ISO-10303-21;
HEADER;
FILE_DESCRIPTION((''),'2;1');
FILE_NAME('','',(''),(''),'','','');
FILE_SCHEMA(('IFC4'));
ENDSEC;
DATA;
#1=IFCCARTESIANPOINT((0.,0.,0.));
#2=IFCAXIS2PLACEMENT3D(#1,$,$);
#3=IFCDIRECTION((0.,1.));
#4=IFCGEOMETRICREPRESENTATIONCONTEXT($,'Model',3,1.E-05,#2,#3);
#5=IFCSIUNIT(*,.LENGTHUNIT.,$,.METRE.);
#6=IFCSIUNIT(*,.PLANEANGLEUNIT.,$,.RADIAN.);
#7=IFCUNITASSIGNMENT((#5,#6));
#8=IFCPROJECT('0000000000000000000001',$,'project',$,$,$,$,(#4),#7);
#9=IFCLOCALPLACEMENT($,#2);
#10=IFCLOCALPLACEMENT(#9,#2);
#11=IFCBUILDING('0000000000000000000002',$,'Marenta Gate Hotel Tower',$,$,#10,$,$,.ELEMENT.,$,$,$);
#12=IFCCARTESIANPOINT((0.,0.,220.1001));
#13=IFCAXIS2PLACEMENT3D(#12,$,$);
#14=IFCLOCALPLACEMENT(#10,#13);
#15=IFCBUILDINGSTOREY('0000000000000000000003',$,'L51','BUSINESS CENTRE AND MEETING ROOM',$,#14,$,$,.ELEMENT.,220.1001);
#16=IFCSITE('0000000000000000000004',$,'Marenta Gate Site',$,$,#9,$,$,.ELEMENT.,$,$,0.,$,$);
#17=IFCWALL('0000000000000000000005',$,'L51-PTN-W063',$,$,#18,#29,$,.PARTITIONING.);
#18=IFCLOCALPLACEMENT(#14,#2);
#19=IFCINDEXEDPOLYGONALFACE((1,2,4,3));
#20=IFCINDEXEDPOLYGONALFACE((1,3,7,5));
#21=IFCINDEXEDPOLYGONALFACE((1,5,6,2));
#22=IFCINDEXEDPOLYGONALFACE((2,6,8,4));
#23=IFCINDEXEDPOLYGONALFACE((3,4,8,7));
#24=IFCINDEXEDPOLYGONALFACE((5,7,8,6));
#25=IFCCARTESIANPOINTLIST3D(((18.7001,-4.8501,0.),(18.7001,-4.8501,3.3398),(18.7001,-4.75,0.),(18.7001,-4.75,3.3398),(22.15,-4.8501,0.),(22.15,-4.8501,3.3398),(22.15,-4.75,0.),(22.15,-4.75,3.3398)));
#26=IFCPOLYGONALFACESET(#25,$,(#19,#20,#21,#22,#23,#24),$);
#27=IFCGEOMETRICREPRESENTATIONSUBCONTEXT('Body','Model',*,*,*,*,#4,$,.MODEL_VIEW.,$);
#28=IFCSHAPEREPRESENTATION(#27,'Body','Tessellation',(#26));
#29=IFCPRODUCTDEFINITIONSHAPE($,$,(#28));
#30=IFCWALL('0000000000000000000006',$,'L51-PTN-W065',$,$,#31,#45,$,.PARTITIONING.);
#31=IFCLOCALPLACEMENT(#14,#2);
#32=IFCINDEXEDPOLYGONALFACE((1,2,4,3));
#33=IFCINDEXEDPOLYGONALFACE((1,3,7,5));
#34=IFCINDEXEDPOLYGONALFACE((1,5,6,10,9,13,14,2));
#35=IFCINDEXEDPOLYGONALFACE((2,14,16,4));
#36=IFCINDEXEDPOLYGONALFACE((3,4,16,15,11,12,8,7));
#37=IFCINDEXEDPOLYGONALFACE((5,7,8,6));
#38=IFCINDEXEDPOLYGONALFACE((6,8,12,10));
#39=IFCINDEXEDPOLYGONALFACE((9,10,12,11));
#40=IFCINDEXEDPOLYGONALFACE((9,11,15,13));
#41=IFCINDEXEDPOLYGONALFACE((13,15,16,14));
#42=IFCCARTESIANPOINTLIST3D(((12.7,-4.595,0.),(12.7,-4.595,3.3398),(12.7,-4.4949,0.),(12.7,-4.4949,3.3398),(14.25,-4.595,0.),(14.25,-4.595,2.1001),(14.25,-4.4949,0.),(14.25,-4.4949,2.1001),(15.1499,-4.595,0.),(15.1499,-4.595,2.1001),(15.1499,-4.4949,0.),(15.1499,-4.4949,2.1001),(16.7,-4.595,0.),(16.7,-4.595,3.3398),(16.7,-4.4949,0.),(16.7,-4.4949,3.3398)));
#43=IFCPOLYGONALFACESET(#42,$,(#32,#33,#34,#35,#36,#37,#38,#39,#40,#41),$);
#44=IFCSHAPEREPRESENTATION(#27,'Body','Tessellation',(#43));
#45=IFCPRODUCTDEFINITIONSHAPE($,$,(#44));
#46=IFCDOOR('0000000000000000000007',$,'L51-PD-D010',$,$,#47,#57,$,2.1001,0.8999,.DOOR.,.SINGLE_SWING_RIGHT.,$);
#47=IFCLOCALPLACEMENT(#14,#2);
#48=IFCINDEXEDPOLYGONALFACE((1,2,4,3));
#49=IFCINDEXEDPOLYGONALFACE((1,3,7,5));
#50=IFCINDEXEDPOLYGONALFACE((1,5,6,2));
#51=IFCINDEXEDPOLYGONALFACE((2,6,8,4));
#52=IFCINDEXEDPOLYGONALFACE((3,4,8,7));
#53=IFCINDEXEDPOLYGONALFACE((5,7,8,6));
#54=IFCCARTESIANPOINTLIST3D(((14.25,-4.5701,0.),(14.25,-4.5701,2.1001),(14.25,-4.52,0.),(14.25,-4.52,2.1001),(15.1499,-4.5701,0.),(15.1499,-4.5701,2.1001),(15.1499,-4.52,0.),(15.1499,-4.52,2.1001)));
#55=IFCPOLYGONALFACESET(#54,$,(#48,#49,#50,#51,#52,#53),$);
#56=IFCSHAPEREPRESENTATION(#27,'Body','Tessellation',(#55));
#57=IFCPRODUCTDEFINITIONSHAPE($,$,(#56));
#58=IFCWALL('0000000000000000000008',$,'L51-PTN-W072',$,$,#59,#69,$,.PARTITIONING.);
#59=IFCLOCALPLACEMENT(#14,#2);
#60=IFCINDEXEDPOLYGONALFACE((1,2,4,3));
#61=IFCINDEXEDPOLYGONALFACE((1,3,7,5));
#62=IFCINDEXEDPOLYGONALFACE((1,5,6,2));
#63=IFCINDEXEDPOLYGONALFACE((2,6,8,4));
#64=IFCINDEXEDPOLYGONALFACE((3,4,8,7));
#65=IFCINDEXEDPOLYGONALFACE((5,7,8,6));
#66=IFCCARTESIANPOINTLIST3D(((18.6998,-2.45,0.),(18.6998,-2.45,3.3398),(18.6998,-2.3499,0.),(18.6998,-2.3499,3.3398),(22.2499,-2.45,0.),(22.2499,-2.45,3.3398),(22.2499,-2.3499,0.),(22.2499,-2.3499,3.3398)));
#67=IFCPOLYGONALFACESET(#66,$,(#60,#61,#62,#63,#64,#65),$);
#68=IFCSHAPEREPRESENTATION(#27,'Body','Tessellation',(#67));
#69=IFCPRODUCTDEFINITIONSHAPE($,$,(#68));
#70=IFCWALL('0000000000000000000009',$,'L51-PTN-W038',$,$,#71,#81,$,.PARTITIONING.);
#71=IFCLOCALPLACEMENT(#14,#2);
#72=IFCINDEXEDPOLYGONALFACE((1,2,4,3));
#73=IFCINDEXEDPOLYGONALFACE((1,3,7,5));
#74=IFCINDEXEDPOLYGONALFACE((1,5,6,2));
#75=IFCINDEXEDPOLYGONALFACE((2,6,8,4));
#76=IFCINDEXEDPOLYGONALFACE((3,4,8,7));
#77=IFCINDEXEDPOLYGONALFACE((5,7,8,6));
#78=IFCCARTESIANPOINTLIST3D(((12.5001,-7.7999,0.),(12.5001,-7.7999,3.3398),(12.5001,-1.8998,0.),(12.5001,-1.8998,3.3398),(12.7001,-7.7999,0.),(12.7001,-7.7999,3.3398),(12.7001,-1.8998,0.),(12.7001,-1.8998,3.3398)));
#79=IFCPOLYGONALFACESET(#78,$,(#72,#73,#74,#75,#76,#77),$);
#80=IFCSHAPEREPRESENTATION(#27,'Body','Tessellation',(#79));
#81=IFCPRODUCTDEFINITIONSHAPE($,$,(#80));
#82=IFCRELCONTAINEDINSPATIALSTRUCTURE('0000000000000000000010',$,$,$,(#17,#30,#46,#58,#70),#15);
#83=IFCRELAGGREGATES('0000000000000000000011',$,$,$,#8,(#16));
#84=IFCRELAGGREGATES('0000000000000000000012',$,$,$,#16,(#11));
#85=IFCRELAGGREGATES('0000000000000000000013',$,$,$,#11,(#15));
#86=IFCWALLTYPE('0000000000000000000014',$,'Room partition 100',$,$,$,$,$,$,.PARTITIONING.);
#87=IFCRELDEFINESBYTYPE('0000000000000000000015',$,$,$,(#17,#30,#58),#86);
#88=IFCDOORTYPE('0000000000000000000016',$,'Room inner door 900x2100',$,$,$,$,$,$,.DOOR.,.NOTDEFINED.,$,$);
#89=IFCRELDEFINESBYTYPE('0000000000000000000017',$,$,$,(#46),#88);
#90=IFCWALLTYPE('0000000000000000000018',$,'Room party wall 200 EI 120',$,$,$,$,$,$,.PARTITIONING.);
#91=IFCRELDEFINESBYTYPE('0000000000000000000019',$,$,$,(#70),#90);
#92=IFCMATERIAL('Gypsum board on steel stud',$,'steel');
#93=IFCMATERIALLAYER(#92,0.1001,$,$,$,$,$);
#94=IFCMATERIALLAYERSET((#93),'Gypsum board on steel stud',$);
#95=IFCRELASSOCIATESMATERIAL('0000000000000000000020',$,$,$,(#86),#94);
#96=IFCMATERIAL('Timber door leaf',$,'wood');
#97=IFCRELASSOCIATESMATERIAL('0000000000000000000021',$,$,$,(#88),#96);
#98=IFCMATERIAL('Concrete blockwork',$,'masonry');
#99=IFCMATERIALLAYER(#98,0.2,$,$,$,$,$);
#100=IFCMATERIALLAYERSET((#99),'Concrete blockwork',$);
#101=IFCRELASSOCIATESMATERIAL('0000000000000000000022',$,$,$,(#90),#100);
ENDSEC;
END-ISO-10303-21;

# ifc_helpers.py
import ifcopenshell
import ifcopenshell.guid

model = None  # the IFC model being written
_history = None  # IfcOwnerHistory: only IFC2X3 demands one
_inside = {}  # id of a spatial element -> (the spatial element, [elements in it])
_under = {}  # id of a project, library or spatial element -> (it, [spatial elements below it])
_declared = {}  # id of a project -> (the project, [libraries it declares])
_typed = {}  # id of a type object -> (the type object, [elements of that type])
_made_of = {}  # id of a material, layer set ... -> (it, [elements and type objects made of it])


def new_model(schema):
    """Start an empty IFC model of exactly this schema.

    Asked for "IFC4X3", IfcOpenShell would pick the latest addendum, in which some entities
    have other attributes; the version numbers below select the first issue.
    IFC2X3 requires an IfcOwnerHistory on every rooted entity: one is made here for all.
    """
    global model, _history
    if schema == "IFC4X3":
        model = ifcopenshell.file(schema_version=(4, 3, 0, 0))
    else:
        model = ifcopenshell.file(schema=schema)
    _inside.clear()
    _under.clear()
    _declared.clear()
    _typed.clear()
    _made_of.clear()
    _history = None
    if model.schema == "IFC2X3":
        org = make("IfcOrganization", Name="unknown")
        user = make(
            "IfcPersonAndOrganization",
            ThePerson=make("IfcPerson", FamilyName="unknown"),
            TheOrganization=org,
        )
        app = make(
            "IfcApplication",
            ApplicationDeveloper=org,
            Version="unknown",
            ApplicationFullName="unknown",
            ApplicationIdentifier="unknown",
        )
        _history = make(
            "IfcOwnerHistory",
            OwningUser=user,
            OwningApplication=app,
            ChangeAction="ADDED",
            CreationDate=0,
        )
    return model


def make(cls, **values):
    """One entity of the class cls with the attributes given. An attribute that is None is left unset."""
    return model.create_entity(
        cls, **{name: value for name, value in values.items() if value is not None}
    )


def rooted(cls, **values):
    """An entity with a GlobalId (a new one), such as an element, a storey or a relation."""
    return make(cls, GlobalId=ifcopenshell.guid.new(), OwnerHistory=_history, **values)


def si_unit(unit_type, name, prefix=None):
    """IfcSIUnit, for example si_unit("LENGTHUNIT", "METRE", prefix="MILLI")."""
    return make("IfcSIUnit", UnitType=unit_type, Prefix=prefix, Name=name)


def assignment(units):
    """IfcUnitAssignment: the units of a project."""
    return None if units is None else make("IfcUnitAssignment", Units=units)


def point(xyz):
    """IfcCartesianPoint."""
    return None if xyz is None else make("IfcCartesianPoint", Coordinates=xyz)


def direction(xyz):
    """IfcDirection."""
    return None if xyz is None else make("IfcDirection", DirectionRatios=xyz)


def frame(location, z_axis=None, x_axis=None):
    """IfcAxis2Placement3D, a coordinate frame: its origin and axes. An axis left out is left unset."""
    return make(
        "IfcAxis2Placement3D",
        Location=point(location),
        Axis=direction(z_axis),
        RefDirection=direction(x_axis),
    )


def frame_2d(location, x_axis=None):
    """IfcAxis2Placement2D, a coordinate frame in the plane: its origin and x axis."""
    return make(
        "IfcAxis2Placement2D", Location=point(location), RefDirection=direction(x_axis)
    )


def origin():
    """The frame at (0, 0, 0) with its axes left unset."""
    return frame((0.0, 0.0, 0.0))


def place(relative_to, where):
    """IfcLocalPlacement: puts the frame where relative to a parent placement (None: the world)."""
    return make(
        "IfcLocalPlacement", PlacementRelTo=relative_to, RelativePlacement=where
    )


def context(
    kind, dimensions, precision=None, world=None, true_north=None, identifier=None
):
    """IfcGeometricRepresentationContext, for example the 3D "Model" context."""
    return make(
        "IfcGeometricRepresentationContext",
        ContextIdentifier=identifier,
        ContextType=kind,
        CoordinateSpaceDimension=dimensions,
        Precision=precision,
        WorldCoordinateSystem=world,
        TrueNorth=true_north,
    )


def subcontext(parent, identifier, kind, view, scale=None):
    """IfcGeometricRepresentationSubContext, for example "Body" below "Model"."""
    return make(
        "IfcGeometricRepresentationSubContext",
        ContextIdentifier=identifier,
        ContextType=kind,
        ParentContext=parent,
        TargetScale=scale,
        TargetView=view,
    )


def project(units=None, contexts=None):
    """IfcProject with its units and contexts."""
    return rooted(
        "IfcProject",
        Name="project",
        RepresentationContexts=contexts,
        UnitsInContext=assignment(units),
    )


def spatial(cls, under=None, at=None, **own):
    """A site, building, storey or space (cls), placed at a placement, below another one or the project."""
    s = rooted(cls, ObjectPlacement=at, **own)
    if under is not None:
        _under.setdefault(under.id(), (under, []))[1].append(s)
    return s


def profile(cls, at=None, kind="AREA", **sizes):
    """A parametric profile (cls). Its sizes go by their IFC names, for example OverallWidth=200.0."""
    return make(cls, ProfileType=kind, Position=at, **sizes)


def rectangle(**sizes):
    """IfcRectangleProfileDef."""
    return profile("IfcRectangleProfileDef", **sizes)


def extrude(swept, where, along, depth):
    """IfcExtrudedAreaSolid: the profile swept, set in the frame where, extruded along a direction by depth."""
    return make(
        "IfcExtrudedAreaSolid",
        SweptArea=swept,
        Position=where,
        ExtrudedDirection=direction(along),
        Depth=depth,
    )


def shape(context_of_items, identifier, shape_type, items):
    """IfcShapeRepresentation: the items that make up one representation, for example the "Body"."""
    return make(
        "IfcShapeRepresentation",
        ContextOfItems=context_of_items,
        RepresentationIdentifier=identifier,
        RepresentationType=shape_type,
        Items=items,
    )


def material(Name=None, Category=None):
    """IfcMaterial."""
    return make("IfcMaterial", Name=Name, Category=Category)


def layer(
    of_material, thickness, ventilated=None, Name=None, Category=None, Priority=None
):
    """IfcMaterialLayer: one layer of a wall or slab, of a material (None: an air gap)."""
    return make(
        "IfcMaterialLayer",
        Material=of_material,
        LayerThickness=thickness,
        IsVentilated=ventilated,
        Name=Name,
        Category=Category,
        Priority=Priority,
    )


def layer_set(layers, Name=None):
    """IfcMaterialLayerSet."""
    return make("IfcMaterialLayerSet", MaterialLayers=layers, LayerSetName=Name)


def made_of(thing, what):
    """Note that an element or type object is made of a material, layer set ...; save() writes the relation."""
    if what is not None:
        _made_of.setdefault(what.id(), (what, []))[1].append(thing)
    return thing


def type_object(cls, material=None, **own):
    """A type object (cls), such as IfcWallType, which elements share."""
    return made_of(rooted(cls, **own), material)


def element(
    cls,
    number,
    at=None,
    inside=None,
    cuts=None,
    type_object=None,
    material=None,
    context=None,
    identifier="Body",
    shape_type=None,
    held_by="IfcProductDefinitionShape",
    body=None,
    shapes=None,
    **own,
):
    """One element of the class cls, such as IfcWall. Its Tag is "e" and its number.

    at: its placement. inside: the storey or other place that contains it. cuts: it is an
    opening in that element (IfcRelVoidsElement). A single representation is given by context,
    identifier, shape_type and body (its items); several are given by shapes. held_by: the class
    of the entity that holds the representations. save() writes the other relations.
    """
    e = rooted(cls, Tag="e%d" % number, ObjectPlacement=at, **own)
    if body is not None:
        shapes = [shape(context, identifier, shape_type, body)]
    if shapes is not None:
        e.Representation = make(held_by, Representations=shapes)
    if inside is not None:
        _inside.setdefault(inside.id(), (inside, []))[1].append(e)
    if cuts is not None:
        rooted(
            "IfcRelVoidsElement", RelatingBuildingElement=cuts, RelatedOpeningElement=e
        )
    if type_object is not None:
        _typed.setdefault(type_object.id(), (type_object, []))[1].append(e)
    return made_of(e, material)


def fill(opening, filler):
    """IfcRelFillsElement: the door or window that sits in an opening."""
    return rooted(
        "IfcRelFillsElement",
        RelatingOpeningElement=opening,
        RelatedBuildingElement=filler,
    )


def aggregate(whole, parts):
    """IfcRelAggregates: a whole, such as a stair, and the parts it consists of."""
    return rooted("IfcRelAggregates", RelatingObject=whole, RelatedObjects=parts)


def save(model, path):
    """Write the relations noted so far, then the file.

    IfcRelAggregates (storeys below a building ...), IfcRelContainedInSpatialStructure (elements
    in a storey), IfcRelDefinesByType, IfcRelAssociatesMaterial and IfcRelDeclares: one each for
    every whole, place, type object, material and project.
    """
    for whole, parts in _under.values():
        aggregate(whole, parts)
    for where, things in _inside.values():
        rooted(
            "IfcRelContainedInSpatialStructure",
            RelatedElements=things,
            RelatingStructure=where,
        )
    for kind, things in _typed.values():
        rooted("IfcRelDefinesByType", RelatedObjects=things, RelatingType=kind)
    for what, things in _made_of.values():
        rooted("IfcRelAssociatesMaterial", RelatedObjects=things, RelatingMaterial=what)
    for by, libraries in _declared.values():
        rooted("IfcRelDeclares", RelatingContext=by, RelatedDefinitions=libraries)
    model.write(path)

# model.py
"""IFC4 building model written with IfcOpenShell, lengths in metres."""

from ifc_helpers import new_model, si_unit, direction, frame, frame_2d, origin, place, context, subcontext, project, spatial, rectangle, extrude, material, layer, layer_set, type_object, element, fill, save


model = new_model("IFC4")

# Units and contexts
model_context = context("Model", 3, precision=1e-05, world=origin(), true_north=direction((0.0, 1.0)))
body_context = subcontext(model_context, "Body", "Model", "MODEL_VIEW")
ifc_project = project(units=[si_unit("LENGTHUNIT", "METRE"), si_unit("PLANEANGLEUNIT", "RADIAN")], contexts=[model_context])

# Site, building, storey
site_placement = place(None, origin())
site = spatial("IfcSite", under=ifc_project, at=site_placement, Name="Marenta Gate Site", CompositionType="ELEMENT", RefElevation=0.0)
building_placement = place(site_placement, origin())
building = spatial("IfcBuilding", under=site, at=building_placement, Name="Marenta Gate Hotel Tower", CompositionType="ELEMENT")
storey_placement = place(building_placement, frame((0.0, 0.0, 220.1001)))
storey = spatial("IfcBuildingStorey", under=building, at=storey_placement, Name="L51", Description="BUSINESS CENTRE AND MEETING ROOM", CompositionType="ELEMENT", Elevation=220.1001)

# Shared definitions
ifc_material_1 = material(Name="Gypsum board on steel stud", Category="steel")
ifc_layer_1 = layer(ifc_material_1, 0.1001)
ifc_layer_set_1 = layer_set([ifc_layer_1], Name="Gypsum board on steel stud")
wall_type_1 = type_object("IfcWallType", Name="Room partition 100", PredefinedType="PARTITIONING", material=ifc_layer_set_1)
ifc_material_2 = material(Name="Timber door leaf", Category="wood")
door_type = type_object("IfcDoorType", Name="Room inner door 900x2100", OperationType="NOTDEFINED", PredefinedType="DOOR", material=ifc_material_2)

# Wall
wall_1_placement = place(storey_placement, frame((18.7, -4.8, 0.0), z_axis=(0.0, 0.0, 1.0), x_axis=(1.0, 0.0, 0.0)))
element("IfcWall", 1, at=wall_1_placement, inside=storey, type_object=wall_type_1, Name="L51-PTN-W063", PredefinedType="PARTITIONING", context=body_context, shape_type="SweptSolid", body=[
    extrude(rectangle(XDim=3.45, YDim=0.1001, at=frame_2d((1.7251, 0.0))), origin(), (0.0, 0.0, 1.0), 3.3398),
])

# Wall, opening, door
wall_2_placement = place(storey_placement, frame((12.7, -4.5449, 0.0), z_axis=(0.0, 0.0, 1.0), x_axis=(1.0, 0.0, 0.0)))
wall_2 = element("IfcWall", 2, at=wall_2_placement, inside=storey, type_object=wall_type_1, Name="L51-PTN-W065", PredefinedType="PARTITIONING", context=body_context, shape_type="SweptSolid", body=[
    extrude(rectangle(XDim=4.0, YDim=0.1001, at=frame_2d((2.0, 0.0))), origin(), (0.0, 0.0, 1.0), 3.3398),
])
opening_1_placement = place(wall_2_placement, frame((1.55, 0.0, 0.0)))
opening_1 = element("IfcOpeningElement", 3, at=opening_1_placement, cuts=wall_2, PredefinedType="OPENING", context=body_context, shape_type="SweptSolid", body=[
    extrude(rectangle(XDim=0.8999, YDim=2.1001, at=frame_2d((0.45, 1.05))), frame((0.0, 0.05, 0.0), z_axis=(0.0, -1.0, 0.0), x_axis=(1.0, 0.0, 0.0)), (0.0, 0.0, 1.0), 0.1001),
])
door_1_placement = place(opening_1_placement, origin())
door_1 = element("IfcDoor", 4, at=door_1_placement, inside=storey, type_object=door_type, Name="L51-PD-D010", OperationType="SINGLE_SWING_RIGHT", OverallHeight=2.1001, OverallWidth=0.8999, PredefinedType="DOOR", context=body_context, shape_type="SweptSolid", body=[
    extrude(rectangle(XDim=0.8999, YDim=2.1001, at=frame_2d((0.45, 1.05))), frame((0.0, 0.0249, 0.0), z_axis=(0.0, -1.0, 0.0), x_axis=(1.0, 0.0, 0.0)), (0.0, 0.0, 1.0), 0.05),
])
fill(opening_1, door_1)

# Walls
wall_3_placement = place(storey_placement, frame((18.7, -2.3999, 0.0), z_axis=(0.0, 0.0, 1.0), x_axis=(1.0, 0.0, 0.0)))
element("IfcWall", 5, at=wall_3_placement, inside=storey, type_object=wall_type_1, Name="L51-PTN-W072", PredefinedType="PARTITIONING", context=body_context, shape_type="SweptSolid", body=[
    extrude(rectangle(XDim=3.55, YDim=0.1001, at=frame_2d((1.7749, 0.0))), origin(), (0.0, 0.0, 1.0), 3.3398),
])
ifc_material_3 = material(Name="Concrete blockwork", Category="masonry")
ifc_layer_2 = layer(ifc_material_3, 0.2)
ifc_layer_set_2 = layer_set([ifc_layer_2], Name="Concrete blockwork")
wall_type_2 = type_object("IfcWallType", Name="Room party wall 200 EI 120", PredefinedType="PARTITIONING", material=ifc_layer_set_2)
wall_4_placement = place(storey_placement, frame((12.6001, -7.8, 0.0), z_axis=(0.0, 0.0, 1.0), x_axis=(0.0, 1.0, 0.0)))
element("IfcWall", 6, at=wall_4_placement, inside=storey, type_object=wall_type_2, Name="L51-PTN-W038", PredefinedType="PARTITIONING", context=body_context, shape_type="SweptSolid", body=[
    extrude(rectangle(XDim=5.9001, YDim=0.2, at=frame_2d((2.9502, 0.0))), origin(), (0.0, 0.0, 1.0), 3.3398),
])

save(model, "model.ifc")
